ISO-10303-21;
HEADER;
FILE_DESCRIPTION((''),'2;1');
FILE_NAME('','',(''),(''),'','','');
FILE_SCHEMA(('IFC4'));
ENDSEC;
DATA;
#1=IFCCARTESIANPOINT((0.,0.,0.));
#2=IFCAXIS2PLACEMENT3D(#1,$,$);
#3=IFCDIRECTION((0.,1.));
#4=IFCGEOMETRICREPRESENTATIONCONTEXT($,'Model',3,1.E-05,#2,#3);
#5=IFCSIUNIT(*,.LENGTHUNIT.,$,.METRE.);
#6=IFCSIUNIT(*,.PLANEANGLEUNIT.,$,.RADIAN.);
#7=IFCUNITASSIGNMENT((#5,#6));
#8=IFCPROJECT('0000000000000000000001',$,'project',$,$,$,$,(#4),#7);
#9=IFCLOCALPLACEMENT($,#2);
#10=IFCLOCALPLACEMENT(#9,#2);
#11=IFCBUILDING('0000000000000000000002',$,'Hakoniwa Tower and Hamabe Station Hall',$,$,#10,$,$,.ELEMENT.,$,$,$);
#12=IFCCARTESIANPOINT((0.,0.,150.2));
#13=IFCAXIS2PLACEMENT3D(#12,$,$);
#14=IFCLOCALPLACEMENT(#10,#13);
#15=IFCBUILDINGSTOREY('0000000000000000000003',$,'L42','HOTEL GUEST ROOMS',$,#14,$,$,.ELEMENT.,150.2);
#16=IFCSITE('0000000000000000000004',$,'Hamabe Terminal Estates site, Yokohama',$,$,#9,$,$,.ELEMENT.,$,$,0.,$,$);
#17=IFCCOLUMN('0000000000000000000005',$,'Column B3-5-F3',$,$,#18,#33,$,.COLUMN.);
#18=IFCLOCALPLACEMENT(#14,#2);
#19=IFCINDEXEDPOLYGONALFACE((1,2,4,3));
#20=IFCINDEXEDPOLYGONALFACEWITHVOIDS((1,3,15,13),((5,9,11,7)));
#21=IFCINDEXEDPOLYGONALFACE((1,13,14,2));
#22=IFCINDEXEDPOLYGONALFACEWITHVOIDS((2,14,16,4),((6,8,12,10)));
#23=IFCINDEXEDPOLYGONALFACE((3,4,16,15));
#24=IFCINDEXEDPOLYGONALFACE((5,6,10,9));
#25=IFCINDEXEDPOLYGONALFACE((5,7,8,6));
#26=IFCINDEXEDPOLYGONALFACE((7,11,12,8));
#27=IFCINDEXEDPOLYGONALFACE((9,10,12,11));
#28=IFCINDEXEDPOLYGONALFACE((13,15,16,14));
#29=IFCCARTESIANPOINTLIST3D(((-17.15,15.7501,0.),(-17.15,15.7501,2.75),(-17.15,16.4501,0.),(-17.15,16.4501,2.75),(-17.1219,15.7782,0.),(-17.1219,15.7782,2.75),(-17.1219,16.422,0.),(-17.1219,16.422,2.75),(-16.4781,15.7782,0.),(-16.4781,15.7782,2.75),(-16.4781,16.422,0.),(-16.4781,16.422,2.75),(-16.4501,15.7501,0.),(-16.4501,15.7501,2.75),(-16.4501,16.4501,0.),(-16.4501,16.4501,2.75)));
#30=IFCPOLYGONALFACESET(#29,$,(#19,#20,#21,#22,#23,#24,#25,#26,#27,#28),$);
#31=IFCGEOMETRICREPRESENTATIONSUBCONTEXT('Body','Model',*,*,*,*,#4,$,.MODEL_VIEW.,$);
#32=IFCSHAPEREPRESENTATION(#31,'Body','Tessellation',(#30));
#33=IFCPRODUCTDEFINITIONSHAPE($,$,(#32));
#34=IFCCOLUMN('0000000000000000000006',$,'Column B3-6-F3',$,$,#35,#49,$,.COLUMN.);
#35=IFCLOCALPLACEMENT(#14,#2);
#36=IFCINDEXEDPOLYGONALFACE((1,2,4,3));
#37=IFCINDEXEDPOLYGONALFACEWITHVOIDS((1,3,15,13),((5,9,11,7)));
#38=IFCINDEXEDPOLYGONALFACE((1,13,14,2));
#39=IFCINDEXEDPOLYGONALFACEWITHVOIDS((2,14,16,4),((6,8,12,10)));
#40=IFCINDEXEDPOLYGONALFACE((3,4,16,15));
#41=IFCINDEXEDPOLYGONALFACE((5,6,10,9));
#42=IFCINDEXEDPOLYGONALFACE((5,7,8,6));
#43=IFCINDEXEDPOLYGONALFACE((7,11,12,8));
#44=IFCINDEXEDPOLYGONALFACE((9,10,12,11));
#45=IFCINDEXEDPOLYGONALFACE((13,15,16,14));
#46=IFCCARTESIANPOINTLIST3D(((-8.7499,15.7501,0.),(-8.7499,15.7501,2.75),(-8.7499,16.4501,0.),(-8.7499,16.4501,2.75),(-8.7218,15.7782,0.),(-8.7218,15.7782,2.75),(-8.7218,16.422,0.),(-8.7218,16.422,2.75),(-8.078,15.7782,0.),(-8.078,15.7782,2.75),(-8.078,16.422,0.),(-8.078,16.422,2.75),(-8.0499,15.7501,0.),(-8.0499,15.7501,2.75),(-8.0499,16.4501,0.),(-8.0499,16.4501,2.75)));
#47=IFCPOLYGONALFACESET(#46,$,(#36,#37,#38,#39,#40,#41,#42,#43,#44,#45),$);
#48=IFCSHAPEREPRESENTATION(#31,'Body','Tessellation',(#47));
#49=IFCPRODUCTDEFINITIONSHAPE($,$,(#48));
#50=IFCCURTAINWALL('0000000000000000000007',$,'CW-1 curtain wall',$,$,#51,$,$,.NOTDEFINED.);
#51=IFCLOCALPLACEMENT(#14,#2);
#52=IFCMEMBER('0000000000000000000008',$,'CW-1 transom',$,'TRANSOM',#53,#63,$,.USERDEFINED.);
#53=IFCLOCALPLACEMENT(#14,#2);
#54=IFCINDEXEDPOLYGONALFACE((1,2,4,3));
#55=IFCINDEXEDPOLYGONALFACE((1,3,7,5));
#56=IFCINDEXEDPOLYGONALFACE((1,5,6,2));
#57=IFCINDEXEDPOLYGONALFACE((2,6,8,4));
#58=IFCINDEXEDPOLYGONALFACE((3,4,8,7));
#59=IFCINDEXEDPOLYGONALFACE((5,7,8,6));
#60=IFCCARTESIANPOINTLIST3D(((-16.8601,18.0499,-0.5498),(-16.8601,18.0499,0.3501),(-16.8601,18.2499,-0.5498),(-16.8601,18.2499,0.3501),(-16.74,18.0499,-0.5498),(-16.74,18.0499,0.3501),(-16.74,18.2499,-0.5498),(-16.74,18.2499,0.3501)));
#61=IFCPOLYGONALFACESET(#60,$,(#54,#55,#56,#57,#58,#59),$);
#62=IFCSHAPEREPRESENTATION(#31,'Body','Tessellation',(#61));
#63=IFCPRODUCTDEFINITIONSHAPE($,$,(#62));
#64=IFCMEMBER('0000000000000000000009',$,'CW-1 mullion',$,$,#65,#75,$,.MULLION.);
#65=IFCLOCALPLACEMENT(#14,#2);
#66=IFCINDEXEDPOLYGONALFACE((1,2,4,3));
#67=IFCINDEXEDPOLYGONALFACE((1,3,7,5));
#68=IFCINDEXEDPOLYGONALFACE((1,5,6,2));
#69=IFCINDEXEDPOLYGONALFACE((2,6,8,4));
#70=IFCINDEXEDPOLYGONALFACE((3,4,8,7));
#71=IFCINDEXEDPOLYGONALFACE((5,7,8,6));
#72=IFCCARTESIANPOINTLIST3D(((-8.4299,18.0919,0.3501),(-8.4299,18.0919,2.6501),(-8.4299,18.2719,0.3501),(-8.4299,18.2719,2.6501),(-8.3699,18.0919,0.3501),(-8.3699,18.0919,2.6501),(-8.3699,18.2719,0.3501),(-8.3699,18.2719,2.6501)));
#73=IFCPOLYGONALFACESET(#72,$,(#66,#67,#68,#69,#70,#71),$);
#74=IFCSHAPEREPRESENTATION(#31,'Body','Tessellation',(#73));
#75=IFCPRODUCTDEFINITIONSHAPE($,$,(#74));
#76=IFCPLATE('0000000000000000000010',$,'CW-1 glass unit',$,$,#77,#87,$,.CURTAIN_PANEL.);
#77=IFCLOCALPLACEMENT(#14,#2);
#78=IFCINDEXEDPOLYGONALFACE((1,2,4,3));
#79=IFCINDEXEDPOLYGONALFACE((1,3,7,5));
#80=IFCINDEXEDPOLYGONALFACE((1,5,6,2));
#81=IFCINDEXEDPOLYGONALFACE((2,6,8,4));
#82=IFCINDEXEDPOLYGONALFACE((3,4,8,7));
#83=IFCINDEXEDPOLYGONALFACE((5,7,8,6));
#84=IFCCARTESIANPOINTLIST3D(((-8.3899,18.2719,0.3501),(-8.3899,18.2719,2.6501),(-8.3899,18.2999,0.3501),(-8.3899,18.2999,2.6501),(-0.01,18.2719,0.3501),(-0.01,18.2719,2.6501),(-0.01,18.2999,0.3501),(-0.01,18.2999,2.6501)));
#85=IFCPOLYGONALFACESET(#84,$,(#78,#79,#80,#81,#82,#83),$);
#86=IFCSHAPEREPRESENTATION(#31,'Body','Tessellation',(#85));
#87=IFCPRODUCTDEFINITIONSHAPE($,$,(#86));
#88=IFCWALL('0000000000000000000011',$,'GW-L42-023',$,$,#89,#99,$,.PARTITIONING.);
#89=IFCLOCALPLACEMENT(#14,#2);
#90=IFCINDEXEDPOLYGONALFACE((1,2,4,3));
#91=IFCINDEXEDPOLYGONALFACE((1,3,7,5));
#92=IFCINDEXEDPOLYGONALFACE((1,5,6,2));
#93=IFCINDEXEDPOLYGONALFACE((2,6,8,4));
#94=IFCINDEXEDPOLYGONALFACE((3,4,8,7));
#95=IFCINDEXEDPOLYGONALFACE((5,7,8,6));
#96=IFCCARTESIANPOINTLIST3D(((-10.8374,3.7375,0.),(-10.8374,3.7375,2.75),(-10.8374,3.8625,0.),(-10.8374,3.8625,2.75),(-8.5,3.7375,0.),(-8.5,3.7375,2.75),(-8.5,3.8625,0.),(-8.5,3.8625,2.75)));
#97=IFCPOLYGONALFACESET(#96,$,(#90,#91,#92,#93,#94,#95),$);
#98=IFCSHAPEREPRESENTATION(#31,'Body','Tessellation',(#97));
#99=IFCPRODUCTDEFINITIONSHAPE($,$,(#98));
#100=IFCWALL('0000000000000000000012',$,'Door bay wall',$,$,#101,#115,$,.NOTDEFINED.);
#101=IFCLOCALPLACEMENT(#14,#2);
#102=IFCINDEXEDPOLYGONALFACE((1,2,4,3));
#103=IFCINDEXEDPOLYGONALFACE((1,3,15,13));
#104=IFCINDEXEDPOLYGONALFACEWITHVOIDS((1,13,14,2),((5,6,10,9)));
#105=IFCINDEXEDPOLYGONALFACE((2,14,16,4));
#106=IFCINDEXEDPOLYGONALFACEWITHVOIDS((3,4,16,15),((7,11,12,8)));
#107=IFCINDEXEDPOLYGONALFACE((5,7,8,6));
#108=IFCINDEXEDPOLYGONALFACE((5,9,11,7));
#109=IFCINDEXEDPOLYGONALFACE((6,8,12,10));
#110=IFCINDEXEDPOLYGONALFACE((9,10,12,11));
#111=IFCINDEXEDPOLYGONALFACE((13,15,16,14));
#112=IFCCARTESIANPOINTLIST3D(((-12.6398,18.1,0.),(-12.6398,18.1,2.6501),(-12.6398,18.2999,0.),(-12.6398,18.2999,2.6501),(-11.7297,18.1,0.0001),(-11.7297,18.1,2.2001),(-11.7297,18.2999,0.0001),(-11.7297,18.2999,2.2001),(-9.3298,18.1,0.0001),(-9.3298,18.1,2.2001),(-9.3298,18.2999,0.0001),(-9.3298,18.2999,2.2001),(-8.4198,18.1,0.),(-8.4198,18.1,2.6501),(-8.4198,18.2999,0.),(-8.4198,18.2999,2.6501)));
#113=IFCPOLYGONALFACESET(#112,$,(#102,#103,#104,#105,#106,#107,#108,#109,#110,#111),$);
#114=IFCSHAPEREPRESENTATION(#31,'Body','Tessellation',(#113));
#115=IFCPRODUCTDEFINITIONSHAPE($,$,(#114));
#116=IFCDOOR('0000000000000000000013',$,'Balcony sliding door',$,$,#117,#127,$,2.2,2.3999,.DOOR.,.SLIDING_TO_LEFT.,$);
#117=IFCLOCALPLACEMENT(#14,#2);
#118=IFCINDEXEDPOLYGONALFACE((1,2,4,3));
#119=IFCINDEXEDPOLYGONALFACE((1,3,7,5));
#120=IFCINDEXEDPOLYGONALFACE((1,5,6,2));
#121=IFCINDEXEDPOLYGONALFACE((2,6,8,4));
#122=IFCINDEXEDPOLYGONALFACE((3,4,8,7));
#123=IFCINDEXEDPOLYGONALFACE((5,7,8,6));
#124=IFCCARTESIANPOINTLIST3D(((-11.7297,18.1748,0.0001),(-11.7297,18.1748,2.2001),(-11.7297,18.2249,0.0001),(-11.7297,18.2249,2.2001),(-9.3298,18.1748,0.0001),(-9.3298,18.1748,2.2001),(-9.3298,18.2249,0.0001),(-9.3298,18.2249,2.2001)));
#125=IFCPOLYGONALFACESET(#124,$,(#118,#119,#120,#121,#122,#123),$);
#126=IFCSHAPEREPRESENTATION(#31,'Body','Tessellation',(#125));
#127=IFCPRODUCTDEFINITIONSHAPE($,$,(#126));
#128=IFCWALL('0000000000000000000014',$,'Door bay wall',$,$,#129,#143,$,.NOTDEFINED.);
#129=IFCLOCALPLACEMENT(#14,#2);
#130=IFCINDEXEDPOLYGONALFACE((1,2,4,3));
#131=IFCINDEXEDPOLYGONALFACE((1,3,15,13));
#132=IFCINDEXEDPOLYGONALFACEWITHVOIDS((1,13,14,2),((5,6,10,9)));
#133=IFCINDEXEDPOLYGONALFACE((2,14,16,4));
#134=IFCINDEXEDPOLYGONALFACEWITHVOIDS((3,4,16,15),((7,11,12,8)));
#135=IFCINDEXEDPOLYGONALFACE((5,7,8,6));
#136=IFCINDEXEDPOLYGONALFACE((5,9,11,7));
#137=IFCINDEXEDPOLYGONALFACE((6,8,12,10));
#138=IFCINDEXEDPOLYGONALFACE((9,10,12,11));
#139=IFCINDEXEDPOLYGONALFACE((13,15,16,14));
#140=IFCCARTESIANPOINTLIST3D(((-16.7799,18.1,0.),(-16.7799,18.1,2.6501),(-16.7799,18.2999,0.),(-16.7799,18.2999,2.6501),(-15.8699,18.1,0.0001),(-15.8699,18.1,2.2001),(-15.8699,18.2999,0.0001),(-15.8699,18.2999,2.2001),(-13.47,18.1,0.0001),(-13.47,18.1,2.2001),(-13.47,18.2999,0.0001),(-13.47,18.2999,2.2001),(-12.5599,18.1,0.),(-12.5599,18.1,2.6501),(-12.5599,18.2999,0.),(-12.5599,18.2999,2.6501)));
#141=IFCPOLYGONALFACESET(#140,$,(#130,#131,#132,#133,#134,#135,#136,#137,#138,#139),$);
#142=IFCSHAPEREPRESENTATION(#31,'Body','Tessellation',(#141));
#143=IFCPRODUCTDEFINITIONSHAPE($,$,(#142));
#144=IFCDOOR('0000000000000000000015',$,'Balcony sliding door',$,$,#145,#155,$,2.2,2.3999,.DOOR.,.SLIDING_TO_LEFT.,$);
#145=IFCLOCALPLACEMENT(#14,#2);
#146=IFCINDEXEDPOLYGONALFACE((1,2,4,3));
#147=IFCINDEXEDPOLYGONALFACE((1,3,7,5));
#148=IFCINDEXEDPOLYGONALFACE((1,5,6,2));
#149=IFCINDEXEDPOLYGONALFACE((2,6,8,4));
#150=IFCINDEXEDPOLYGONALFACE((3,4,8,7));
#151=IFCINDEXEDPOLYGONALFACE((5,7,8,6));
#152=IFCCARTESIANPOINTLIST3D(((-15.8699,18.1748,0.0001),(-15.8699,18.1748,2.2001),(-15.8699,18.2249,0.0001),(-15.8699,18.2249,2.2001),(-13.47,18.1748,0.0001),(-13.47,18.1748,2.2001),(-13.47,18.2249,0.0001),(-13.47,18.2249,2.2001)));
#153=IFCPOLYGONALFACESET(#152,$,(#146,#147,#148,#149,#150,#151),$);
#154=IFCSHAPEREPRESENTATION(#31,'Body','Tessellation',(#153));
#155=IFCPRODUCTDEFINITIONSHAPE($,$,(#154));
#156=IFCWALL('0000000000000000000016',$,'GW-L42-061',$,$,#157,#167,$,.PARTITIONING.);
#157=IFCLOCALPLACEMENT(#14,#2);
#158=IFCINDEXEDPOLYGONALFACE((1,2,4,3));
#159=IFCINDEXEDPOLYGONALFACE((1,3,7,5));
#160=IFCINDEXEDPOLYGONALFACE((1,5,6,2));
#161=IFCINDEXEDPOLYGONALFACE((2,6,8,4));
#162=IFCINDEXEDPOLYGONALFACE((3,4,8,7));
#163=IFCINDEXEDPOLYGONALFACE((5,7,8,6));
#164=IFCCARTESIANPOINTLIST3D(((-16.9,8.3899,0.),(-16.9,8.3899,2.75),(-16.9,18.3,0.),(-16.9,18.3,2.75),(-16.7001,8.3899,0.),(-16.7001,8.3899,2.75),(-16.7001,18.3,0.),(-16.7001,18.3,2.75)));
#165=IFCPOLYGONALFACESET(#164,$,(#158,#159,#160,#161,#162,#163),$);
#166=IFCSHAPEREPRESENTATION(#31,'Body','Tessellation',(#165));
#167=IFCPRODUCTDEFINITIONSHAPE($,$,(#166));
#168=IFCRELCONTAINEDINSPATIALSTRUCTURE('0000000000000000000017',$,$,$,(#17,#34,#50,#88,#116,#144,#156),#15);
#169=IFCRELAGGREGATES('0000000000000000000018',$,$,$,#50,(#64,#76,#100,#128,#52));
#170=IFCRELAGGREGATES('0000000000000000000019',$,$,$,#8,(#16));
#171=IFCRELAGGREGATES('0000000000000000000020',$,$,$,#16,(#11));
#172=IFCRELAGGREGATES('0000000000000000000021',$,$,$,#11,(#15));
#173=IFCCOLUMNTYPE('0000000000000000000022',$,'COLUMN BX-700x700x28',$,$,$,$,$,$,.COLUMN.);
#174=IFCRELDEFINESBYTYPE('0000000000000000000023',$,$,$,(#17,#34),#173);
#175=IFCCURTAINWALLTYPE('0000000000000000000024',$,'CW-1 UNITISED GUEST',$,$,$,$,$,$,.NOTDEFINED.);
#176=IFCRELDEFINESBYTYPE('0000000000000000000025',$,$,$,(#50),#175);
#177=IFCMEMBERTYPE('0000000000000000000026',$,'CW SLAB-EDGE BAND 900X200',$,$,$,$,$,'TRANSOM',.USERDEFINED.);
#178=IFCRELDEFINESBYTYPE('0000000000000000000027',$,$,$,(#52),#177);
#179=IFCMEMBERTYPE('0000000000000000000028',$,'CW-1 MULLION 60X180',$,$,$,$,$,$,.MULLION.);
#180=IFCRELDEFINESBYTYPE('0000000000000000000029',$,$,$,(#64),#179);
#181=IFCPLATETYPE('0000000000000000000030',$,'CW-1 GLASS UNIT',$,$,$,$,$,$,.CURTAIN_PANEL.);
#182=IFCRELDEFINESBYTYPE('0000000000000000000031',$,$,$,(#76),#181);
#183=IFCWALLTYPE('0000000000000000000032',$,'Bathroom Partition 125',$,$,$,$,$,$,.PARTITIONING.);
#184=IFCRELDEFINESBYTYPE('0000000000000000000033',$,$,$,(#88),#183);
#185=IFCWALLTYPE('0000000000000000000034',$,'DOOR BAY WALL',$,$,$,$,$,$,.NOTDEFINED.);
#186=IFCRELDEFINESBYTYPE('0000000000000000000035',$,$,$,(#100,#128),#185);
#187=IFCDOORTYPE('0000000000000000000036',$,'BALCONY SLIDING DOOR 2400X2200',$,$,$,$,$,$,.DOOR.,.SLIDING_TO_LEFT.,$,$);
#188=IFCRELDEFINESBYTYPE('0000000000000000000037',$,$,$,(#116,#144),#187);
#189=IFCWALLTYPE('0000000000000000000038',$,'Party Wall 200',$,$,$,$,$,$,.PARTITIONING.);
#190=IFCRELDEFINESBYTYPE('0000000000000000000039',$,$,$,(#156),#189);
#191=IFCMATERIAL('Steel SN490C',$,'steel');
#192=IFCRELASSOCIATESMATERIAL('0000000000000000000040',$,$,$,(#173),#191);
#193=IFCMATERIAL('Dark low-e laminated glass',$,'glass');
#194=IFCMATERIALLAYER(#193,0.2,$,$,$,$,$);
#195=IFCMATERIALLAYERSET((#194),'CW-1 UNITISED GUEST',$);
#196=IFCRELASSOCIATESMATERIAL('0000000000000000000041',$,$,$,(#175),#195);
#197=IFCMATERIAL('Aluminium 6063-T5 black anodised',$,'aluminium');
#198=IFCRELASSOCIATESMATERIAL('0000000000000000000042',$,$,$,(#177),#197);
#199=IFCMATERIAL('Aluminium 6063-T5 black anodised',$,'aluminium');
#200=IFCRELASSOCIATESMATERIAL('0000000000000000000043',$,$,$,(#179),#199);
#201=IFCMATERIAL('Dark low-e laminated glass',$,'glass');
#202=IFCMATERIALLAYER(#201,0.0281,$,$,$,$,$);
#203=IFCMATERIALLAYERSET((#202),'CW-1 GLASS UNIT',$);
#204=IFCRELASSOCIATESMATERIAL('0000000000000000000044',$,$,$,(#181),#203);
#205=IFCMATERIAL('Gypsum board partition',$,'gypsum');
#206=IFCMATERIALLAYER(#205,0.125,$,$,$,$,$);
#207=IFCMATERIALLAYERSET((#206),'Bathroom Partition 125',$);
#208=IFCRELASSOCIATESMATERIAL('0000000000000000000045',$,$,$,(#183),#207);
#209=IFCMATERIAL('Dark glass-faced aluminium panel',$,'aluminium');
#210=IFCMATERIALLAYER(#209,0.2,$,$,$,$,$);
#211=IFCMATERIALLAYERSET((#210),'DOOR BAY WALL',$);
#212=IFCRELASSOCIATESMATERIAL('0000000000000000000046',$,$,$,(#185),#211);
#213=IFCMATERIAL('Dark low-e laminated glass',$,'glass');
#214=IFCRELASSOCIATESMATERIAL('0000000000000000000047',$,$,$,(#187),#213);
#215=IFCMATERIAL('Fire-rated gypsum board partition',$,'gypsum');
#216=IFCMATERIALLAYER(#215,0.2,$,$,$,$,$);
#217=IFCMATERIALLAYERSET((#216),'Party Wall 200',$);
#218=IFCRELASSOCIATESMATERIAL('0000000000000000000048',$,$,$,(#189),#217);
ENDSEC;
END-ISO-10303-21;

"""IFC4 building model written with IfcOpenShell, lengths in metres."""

from ifc_helpers import new_model, si_unit, direction, frame, frame_2d, origin, origin_2d, place, context, subcontext, project, spatial, rectangle, hollow_rectangle, extrude, material, layer, layer_set, material_profile, profile_set, type_object, element, fill, aggregate, save


model = new_model("IFC4")

# Units and contexts
model_context = context("Model", 3, precision=1e-05, world=origin(), true_north=direction((0.0, 1.0)))
body_context = subcontext(model_context, "Body", "Model", "MODEL_VIEW")
ifc_project = project(units=[si_unit("LENGTHUNIT", "METRE"), si_unit("PLANEANGLEUNIT", "RADIAN")], contexts=[model_context])

# Site, building, storey
site_placement = place(None, origin())
site = spatial("IfcSite", under=ifc_project, at=site_placement, Name="Hamabe Terminal Estates site, Yokohama", CompositionType="ELEMENT", RefElevation=0.0)
building_placement = place(site_placement, origin())
building = spatial("IfcBuilding", under=site, at=building_placement, Name="Hakoniwa Tower and Hamabe Station Hall", CompositionType="ELEMENT")
storey_placement = place(building_placement, frame((0.0, 0.0, 150.2)))
storey = spatial("IfcBuildingStorey", under=building, at=storey_placement, Name="L42", Description="HOTEL GUEST ROOMS", CompositionType="ELEMENT", Elevation=150.2)

# Columns
ifc_material_1 = material(Name="Steel SN490C", Category="steel")
ifc_material_profile_1 = material_profile(ifc_material_1, hollow_rectangle(XDim=0.7, YDim=0.7, WallThickness=0.0281, at=origin_2d()), Name="BX-700x700x28")
ifc_profile_set_1 = profile_set([ifc_material_profile_1], Name="Steel SN490C")
column_type = type_object("IfcColumnType", Name="COLUMN BX-700x700x28", PredefinedType="COLUMN", material=ifc_profile_set_1)
for number, where, z_axis, x_axis, name in (
    (1, (-16.8, 16.1001, 0.0), (0.0, 0.0, 1.0), (1.0, 0.0, 0.0), "Column B3-5-F3"),
    (2, (-8.3999, 16.1001, 0.0), (0.0, 0.0, 1.0), (1.0, 0.0, 0.0), "Column B3-6-F3"),
):
    element("IfcColumn", number, at=place(storey_placement, frame(where, z_axis=z_axis, x_axis=x_axis)), inside=storey, type_object=column_type, Name=name, PredefinedType="COLUMN", context=body_context, shape_type="SweptSolid", body=[
        extrude(hollow_rectangle(XDim=0.7, YDim=0.7, WallThickness=0.0281, at=origin_2d()), origin(), (0.0, 0.0, 1.0), 2.75),
    ])

# Curtain wall, members, plate
ifc_material_2 = material(Name="Dark low-e laminated glass", Category="glass")
ifc_layer_1 = layer(ifc_material_2, 0.2)
ifc_layer_set_1 = layer_set([ifc_layer_1], Name="CW-1 UNITISED GUEST")
curtain_wall_type = type_object("IfcCurtainWallType", Name="CW-1 UNITISED GUEST", PredefinedType="NOTDEFINED", material=ifc_layer_set_1)
curtain_wall_placement = place(storey_placement, origin())
curtain_wall = element("IfcCurtainWall", 3, at=curtain_wall_placement, inside=storey, type_object=curtain_wall_type, Name="CW-1 curtain wall", PredefinedType="NOTDEFINED")
ifc_material_3 = material(Name="Aluminium 6063-T5 black anodised", Category="aluminium")
ifc_material_profile_2 = material_profile(ifc_material_3, rectangle(XDim=0.2, YDim=0.8999, at=origin_2d()), Name="CW SLAB-EDGE BAND 900X200")
ifc_profile_set_2 = profile_set([ifc_material_profile_2], Name="Aluminium 6063-T5 black anodised")
member_type_1 = type_object("IfcMemberType", Name="CW SLAB-EDGE BAND 900X200", ElementType="TRANSOM", PredefinedType="USERDEFINED", material=ifc_profile_set_2)
member_1_placement = place(storey_placement, frame((-16.74, 18.1499, -0.0999), z_axis=(-1.0, 0.0, 0.0), x_axis=(0.0, -1.0, 0.0)))
member_1 = element("IfcMember", 4, at=member_1_placement, type_object=member_type_1, Name="CW-1 transom", ObjectType="TRANSOM", PredefinedType="USERDEFINED", context=body_context, shape_type="SweptSolid", body=[
    extrude(rectangle(XDim=0.2, YDim=0.8999, at=origin_2d()), origin(), (0.0, 0.0, 1.0), 0.1201),
])
ifc_material_4 = material(Name="Aluminium 6063-T5 black anodised", Category="aluminium")
ifc_material_profile_3 = material_profile(ifc_material_4, rectangle(XDim=0.0601, YDim=0.1799, at=origin_2d()), Name="CW-1 MULLION 60X180")
ifc_profile_set_3 = profile_set([ifc_material_profile_3], Name="Aluminium 6063-T5 black anodised")
member_type_2 = type_object("IfcMemberType", Name="CW-1 MULLION 60X180", PredefinedType="MULLION", material=ifc_profile_set_3)
member_2_placement = place(storey_placement, frame((-8.3999, 18.1819, 0.3501), z_axis=(0.0, 0.0, 1.0), x_axis=(-1.0, 0.0, 0.0)))
member_2 = element("IfcMember", 5, at=member_2_placement, type_object=member_type_2, Name="CW-1 mullion", PredefinedType="MULLION", context=body_context, shape_type="SweptSolid", body=[
    extrude(rectangle(XDim=0.0601, YDim=0.1799, at=origin_2d()), origin(), (0.0, 0.0, 1.0), 2.3),
])
ifc_material_5 = material(Name="Dark low-e laminated glass", Category="glass")
ifc_layer_2 = layer(ifc_material_5, 0.0281)
ifc_layer_set_2 = layer_set([ifc_layer_2], Name="CW-1 GLASS UNIT")
plate_type = type_object("IfcPlateType", Name="CW-1 GLASS UNIT", PredefinedType="CURTAIN_PANEL", material=ifc_layer_set_2)
plate_placement = place(storey_placement, frame((-4.2, 18.2859, 0.3501), z_axis=(0.0, 0.0, 1.0), x_axis=(-1.0, 0.0, 0.0)))
plate = element("IfcPlate", 6, at=plate_placement, type_object=plate_type, Name="CW-1 glass unit", PredefinedType="CURTAIN_PANEL", context=body_context, shape_type="SweptSolid", body=[
    extrude(rectangle(XDim=8.3799, YDim=0.0281, at=origin_2d()), origin(), (0.0, 0.0, 1.0), 2.3),
])

# Wall
ifc_material_6 = material(Name="Gypsum board partition", Category="gypsum")
ifc_layer_3 = layer(ifc_material_6, 0.125)
ifc_layer_set_3 = layer_set([ifc_layer_3], Name="Bathroom Partition 125")
wall_type_1 = type_object("IfcWallType", Name="Bathroom Partition 125", PredefinedType="PARTITIONING", material=ifc_layer_set_3)
wall_1_placement = place(storey_placement, frame((-10.8374, 3.8, 0.0), z_axis=(0.0, 0.0, 1.0), x_axis=(1.0, 0.0, 0.0)))
element("IfcWall", 7, at=wall_1_placement, inside=storey, type_object=wall_type_1, Name="GW-L42-023", PredefinedType="PARTITIONING", context=body_context, shape_type="SweptSolid", body=[
    extrude(rectangle(XDim=2.3374, YDim=0.125, at=frame_2d((1.1687, 0.0))), origin(), (0.0, 0.0, 1.0), 2.75),
])

# Walls, openings, doors
ifc_material_7 = material(Name="Dark glass-faced aluminium panel", Category="aluminium")
ifc_layer_4 = layer(ifc_material_7, 0.2)
ifc_layer_set_4 = layer_set([ifc_layer_4], Name="DOOR BAY WALL")
wall_type_2 = type_object("IfcWallType", Name="DOOR BAY WALL", PredefinedType="NOTDEFINED", material=ifc_layer_set_4)
wall_2_placement = place(storey_placement, frame((-8.4199, 18.2, 0.0), z_axis=(0.0, 0.0, 1.0), x_axis=(-1.0, 0.0, 0.0)))
wall_2 = element("IfcWall", 8, at=wall_2_placement, type_object=wall_type_2, Name="Door bay wall", PredefinedType="NOTDEFINED", context=body_context, shape_type="SweptSolid", body=[
    extrude(rectangle(XDim=4.22, YDim=0.2, at=frame_2d((2.1099, 0.0))), origin(), (0.0, 0.0, 1.0), 2.6501),
])
opening_1_placement = place(wall_2_placement, frame((0.9099, 0.0, 0.0)))
opening_1 = element("IfcOpeningElement", 9, at=opening_1_placement, cuts=wall_2, PredefinedType="OPENING", context=body_context, shape_type="SweptSolid", body=[
    extrude(rectangle(XDim=2.3999, YDim=2.2, at=frame_2d((1.2, 1.1001))), frame((0.0, 0.1099, 0.0), z_axis=(0.0, -1.0, 0.0), x_axis=(1.0, 0.0, 0.0)), (0.0, 0.0, 1.0), 0.22),
])
ifc_material_8 = material(Name="Dark low-e laminated glass", Category="glass")
door_type = type_object("IfcDoorType", Name="BALCONY SLIDING DOOR 2400X2200", OperationType="SLIDING_TO_LEFT", PredefinedType="DOOR", material=ifc_material_8)
door_1_placement = place(opening_1_placement, frame((2.3999, 0.0, 0.0), z_axis=(0.0, 0.0, 1.0), x_axis=(-1.0, 0.0, 0.0)))
door_1 = element("IfcDoor", 10, at=door_1_placement, inside=storey, type_object=door_type, Name="Balcony sliding door", OperationType="SLIDING_TO_LEFT", OverallHeight=2.2, OverallWidth=2.3999, PredefinedType="DOOR", context=body_context, shape_type="SweptSolid", body=[
    extrude(rectangle(XDim=2.3999, YDim=2.2, at=frame_2d((1.2, 1.1001))), frame((0.0, 0.0249, 0.0), z_axis=(0.0, -1.0, 0.0), x_axis=(1.0, 0.0, 0.0)), (0.0, 0.0, 1.0), 0.05),
])
fill(opening_1, door_1)
wall_3_placement = place(storey_placement, frame((-12.5601, 18.2, 0.0), z_axis=(0.0, 0.0, 1.0), x_axis=(-1.0, 0.0, 0.0)))
wall_3 = element("IfcWall", 11, at=wall_3_placement, type_object=wall_type_2, Name="Door bay wall", PredefinedType="NOTDEFINED", context=body_context, shape_type="SweptSolid", body=[
    extrude(rectangle(XDim=4.22, YDim=0.2, at=frame_2d((2.1099, 0.0))), origin(), (0.0, 0.0, 1.0), 2.6501),
])
opening_2_placement = place(wall_3_placement, frame((0.9099, 0.0, 0.0)))
opening_2 = element("IfcOpeningElement", 12, at=opening_2_placement, cuts=wall_3, PredefinedType="OPENING", context=body_context, shape_type="SweptSolid", body=[
    extrude(rectangle(XDim=2.3999, YDim=2.2, at=frame_2d((1.2, 1.1001))), frame((0.0, 0.1099, 0.0), z_axis=(0.0, -1.0, 0.0), x_axis=(1.0, 0.0, 0.0)), (0.0, 0.0, 1.0), 0.22),
])
door_2_placement = place(opening_2_placement, frame((2.3999, 0.0, 0.0), z_axis=(0.0, 0.0, 1.0), x_axis=(-1.0, 0.0, 0.0)))
door_2 = element("IfcDoor", 13, at=door_2_placement, inside=storey, type_object=door_type, Name="Balcony sliding door", OperationType="SLIDING_TO_LEFT", OverallHeight=2.2, OverallWidth=2.3999, PredefinedType="DOOR", context=body_context, shape_type="SweptSolid", body=[
    extrude(rectangle(XDim=2.3999, YDim=2.2, at=frame_2d((1.2, 1.1001))), frame((0.0, 0.0249, 0.0), z_axis=(0.0, -1.0, 0.0), x_axis=(1.0, 0.0, 0.0)), (0.0, 0.0, 1.0), 0.05),
])
fill(opening_2, door_2)
aggregate(curtain_wall, [member_2, plate, wall_2, wall_3, member_1])

# Wall
ifc_material_9 = material(Name="Fire-rated gypsum board partition", Category="gypsum")
ifc_layer_5 = layer(ifc_material_9, 0.2)
ifc_layer_set_5 = layer_set([ifc_layer_5], Name="Party Wall 200")
wall_type_3 = type_object("IfcWallType", Name="Party Wall 200", PredefinedType="PARTITIONING", material=ifc_layer_set_5)
wall_4_placement = place(storey_placement, frame((-16.8, 8.3899, 0.0), z_axis=(0.0, 0.0, 1.0), x_axis=(0.0, 1.0, 0.0)))
element("IfcWall", 14, at=wall_4_placement, inside=storey, type_object=wall_type_3, Name="GW-L42-061", PredefinedType="PARTITIONING", context=body_context, shape_type="SweptSolid", body=[
    extrude(rectangle(XDim=9.9102, YDim=0.2, at=frame_2d((4.9551, 0.0))), origin(), (0.0, 0.0, 1.0), 2.75),
])

save(model, "model.ifc")
